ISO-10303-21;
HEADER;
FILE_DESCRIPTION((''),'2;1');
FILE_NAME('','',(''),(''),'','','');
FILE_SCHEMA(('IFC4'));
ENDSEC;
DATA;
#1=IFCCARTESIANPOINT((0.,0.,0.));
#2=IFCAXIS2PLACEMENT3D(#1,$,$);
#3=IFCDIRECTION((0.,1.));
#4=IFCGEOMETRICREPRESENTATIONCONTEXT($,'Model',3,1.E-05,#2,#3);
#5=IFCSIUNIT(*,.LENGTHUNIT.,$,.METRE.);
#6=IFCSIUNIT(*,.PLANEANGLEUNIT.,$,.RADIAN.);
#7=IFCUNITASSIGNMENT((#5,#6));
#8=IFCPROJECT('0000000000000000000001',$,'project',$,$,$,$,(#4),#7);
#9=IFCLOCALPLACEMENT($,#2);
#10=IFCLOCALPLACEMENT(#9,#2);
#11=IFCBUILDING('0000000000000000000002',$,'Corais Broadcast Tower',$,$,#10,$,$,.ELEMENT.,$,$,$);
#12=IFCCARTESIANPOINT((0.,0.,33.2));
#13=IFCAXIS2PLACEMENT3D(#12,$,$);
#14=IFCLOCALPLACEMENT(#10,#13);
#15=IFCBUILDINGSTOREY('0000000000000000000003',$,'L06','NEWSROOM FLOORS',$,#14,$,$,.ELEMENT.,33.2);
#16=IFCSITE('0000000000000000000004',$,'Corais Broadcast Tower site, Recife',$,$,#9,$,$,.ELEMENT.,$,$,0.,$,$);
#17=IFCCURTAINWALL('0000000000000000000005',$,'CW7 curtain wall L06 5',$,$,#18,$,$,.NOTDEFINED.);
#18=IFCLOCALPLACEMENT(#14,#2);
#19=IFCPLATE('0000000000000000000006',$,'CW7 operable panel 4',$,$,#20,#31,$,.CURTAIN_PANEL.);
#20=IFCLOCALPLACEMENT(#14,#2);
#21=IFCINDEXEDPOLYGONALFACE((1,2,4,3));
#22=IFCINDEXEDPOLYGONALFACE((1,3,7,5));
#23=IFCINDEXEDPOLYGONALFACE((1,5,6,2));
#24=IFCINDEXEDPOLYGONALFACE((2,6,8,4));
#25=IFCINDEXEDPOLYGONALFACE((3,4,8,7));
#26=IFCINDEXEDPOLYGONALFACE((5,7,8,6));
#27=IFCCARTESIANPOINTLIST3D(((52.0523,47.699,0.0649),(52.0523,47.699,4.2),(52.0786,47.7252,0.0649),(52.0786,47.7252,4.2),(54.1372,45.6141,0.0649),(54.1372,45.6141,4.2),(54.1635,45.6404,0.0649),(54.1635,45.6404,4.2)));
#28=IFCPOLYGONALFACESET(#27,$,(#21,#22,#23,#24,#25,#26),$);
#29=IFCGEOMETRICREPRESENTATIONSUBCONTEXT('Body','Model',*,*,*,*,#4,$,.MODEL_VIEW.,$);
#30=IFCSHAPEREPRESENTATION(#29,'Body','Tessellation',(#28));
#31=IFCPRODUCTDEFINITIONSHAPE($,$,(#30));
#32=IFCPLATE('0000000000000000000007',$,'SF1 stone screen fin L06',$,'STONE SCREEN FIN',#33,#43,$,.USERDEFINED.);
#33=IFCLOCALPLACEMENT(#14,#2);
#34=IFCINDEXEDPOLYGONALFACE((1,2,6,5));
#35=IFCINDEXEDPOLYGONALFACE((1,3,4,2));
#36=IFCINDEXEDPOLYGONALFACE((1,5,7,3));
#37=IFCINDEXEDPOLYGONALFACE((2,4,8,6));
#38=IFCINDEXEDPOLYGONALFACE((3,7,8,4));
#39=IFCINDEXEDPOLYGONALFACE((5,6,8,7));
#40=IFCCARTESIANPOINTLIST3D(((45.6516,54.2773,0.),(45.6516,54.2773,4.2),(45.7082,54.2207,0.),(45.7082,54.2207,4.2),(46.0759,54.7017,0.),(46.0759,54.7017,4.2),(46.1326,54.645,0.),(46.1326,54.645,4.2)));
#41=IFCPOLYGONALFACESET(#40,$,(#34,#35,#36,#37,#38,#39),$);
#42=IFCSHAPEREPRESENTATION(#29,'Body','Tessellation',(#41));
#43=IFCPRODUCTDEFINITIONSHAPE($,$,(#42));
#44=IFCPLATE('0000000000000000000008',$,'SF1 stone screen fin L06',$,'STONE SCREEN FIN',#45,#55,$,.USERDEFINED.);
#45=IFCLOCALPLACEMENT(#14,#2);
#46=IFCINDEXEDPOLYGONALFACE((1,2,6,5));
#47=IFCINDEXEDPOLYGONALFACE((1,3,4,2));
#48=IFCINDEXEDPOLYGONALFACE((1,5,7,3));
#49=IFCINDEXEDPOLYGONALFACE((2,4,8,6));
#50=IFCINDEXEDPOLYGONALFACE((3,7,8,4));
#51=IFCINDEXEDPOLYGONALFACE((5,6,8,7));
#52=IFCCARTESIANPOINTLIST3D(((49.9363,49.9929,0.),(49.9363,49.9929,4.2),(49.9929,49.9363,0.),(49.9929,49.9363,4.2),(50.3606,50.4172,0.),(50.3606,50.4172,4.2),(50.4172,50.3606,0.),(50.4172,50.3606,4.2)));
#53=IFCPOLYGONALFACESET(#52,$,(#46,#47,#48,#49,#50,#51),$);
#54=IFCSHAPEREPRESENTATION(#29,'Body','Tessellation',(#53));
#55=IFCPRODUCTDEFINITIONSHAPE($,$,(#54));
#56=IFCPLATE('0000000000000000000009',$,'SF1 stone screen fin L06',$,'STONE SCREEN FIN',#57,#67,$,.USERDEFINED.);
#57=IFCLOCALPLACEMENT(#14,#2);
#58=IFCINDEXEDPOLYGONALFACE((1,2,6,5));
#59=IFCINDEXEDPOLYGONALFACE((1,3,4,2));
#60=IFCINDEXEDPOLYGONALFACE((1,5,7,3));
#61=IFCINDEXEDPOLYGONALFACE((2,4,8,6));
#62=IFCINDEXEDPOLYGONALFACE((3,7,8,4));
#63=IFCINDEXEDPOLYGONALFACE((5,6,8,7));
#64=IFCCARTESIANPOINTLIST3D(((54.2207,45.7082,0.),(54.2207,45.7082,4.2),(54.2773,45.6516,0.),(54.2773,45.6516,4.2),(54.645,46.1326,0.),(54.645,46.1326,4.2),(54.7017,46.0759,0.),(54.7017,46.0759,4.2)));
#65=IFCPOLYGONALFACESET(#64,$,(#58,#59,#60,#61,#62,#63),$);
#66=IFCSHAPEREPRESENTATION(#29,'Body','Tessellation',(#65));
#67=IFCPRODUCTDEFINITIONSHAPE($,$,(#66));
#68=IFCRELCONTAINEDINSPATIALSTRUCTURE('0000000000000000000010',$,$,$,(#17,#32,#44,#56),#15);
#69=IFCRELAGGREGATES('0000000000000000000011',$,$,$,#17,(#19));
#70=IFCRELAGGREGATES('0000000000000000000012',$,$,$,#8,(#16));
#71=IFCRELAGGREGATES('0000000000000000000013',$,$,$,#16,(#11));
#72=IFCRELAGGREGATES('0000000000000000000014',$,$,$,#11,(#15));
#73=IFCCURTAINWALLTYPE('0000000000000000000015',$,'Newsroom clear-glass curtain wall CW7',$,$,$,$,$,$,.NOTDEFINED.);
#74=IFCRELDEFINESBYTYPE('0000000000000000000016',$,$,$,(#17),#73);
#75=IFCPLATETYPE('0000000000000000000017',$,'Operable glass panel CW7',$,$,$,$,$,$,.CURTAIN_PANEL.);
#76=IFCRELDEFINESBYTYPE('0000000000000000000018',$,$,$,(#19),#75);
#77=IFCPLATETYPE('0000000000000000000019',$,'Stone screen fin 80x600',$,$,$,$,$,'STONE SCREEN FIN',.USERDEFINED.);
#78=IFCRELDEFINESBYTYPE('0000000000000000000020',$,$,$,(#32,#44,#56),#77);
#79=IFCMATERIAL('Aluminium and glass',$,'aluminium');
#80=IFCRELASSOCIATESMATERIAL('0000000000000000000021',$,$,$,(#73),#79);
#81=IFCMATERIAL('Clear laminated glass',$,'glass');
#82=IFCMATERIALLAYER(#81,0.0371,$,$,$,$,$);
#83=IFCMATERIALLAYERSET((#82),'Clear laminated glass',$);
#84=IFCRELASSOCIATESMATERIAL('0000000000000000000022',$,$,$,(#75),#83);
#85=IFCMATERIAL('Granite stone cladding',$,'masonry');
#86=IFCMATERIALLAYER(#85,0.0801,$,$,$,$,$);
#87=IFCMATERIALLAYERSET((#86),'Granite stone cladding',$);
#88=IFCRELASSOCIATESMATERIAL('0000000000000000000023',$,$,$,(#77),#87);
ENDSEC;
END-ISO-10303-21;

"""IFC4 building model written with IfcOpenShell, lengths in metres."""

from ifc_helpers import new_model, si_unit, direction, frame, origin, origin_2d, place, context, subcontext, project, spatial, rectangle, extrude, material, layer, layer_set, type_object, element, aggregate, save


model = new_model("IFC4")

# Units and contexts
model_context = context("Model", 3, precision=1e-05, world=origin(), true_north=direction((0.0, 1.0)))
body_context = subcontext(model_context, "Body", "Model", "MODEL_VIEW")
ifc_project = project(units=[si_unit("LENGTHUNIT", "METRE"), si_unit("PLANEANGLEUNIT", "RADIAN")], contexts=[model_context])

# Site, building, storey
site_placement = place(None, origin())
site = spatial("IfcSite", under=ifc_project, at=site_placement, Name="Corais Broadcast Tower site, Recife", CompositionType="ELEMENT", RefElevation=0.0)
building_placement = place(site_placement, origin())
building = spatial("IfcBuilding", under=site, at=building_placement, Name="Corais Broadcast Tower", CompositionType="ELEMENT")
storey_placement = place(building_placement, frame((0.0, 0.0, 33.2)))
storey = spatial("IfcBuildingStorey", under=building, at=storey_placement, Name="L06", Description="NEWSROOM FLOORS", CompositionType="ELEMENT", Elevation=33.2)

# Shared definitions
ifc_material_1 = material(Name="Aluminium and glass", Category="aluminium")
curtain_wall_type = type_object("IfcCurtainWallType", Name="Newsroom clear-glass curtain wall CW7", PredefinedType="NOTDEFINED", material=ifc_material_1)

# Curtain wall
curtain_wall_1_placement = place(storey_placement, origin())
curtain_wall_1 = element("IfcCurtainWall", 1, at=curtain_wall_1_placement, inside=storey, type_object=curtain_wall_type, Name="CW7 curtain wall L06 5", PredefinedType="NOTDEFINED")

# Plate
ifc_material_2 = material(Name="Clear laminated glass", Category="glass")
ifc_layer_1 = layer(ifc_material_2, 0.0371)
ifc_layer_set_1 = layer_set([ifc_layer_1], Name="Clear laminated glass")
plate_type_1 = type_object("IfcPlateType", Name="Operable glass panel CW7", PredefinedType="CURTAIN_PANEL", material=ifc_layer_set_1)
plate_1_placement = place(storey_placement, frame((53.1079, 46.6697, 0.0649), z_axis=(0.0, 0.0, 1.0), x_axis=(0.707107, -0.707107, 0.0)))
plate_1 = element("IfcPlate", 2, at=plate_1_placement, type_object=plate_type_1, Name="CW7 operable panel 4", PredefinedType="CURTAIN_PANEL", context=body_context, shape_type="SweptSolid", body=[
    extrude(rectangle(XDim=2.9485, YDim=0.0371, at=origin_2d()), origin(), (0.0, 0.0, 1.0), 4.135),
])
aggregate(curtain_wall_1, [plate_1])

# Plates
ifc_material_3 = material(Name="Granite stone cladding", Category="masonry")
ifc_layer_2 = layer(ifc_material_3, 0.0801)
ifc_layer_set_2 = layer_set([ifc_layer_2], Name="Granite stone cladding")
plate_type_2 = type_object("IfcPlateType", Name="Stone screen fin 80x600", ElementType="STONE SCREEN FIN", PredefinedType="USERDEFINED", material=ifc_layer_set_2)
for number, where, z_axis, x_axis, name in (
    (3, (45.8921, 54.4612, 0.0), (0.0, 0.0, 1.0), (0.707107, -0.707107, 0.0), "SF1 stone screen fin L06"),
    (4, (50.1768, 50.1768, 0.0), (0.0, 0.0, 1.0), (0.707107, -0.707107, 0.0), "SF1 stone screen fin L06"),
    (5, (54.4612, 45.8921, 0.0), (0.0, 0.0, 1.0), (0.707107, -0.707107, 0.0), "SF1 stone screen fin L06"),
):
    element("IfcPlate", number, at=place(storey_placement, frame(where, z_axis=z_axis, x_axis=x_axis)), inside=storey, type_object=plate_type_2, Name=name, ObjectType="STONE SCREEN FIN", PredefinedType="USERDEFINED", context=body_context, shape_type="SweptSolid", body=[
        extrude(rectangle(XDim=0.0801, YDim=0.6001, at=origin_2d()), origin(), (0.0, 0.0, 1.0), 4.2),
    ])

save(model, "model.ifc")
